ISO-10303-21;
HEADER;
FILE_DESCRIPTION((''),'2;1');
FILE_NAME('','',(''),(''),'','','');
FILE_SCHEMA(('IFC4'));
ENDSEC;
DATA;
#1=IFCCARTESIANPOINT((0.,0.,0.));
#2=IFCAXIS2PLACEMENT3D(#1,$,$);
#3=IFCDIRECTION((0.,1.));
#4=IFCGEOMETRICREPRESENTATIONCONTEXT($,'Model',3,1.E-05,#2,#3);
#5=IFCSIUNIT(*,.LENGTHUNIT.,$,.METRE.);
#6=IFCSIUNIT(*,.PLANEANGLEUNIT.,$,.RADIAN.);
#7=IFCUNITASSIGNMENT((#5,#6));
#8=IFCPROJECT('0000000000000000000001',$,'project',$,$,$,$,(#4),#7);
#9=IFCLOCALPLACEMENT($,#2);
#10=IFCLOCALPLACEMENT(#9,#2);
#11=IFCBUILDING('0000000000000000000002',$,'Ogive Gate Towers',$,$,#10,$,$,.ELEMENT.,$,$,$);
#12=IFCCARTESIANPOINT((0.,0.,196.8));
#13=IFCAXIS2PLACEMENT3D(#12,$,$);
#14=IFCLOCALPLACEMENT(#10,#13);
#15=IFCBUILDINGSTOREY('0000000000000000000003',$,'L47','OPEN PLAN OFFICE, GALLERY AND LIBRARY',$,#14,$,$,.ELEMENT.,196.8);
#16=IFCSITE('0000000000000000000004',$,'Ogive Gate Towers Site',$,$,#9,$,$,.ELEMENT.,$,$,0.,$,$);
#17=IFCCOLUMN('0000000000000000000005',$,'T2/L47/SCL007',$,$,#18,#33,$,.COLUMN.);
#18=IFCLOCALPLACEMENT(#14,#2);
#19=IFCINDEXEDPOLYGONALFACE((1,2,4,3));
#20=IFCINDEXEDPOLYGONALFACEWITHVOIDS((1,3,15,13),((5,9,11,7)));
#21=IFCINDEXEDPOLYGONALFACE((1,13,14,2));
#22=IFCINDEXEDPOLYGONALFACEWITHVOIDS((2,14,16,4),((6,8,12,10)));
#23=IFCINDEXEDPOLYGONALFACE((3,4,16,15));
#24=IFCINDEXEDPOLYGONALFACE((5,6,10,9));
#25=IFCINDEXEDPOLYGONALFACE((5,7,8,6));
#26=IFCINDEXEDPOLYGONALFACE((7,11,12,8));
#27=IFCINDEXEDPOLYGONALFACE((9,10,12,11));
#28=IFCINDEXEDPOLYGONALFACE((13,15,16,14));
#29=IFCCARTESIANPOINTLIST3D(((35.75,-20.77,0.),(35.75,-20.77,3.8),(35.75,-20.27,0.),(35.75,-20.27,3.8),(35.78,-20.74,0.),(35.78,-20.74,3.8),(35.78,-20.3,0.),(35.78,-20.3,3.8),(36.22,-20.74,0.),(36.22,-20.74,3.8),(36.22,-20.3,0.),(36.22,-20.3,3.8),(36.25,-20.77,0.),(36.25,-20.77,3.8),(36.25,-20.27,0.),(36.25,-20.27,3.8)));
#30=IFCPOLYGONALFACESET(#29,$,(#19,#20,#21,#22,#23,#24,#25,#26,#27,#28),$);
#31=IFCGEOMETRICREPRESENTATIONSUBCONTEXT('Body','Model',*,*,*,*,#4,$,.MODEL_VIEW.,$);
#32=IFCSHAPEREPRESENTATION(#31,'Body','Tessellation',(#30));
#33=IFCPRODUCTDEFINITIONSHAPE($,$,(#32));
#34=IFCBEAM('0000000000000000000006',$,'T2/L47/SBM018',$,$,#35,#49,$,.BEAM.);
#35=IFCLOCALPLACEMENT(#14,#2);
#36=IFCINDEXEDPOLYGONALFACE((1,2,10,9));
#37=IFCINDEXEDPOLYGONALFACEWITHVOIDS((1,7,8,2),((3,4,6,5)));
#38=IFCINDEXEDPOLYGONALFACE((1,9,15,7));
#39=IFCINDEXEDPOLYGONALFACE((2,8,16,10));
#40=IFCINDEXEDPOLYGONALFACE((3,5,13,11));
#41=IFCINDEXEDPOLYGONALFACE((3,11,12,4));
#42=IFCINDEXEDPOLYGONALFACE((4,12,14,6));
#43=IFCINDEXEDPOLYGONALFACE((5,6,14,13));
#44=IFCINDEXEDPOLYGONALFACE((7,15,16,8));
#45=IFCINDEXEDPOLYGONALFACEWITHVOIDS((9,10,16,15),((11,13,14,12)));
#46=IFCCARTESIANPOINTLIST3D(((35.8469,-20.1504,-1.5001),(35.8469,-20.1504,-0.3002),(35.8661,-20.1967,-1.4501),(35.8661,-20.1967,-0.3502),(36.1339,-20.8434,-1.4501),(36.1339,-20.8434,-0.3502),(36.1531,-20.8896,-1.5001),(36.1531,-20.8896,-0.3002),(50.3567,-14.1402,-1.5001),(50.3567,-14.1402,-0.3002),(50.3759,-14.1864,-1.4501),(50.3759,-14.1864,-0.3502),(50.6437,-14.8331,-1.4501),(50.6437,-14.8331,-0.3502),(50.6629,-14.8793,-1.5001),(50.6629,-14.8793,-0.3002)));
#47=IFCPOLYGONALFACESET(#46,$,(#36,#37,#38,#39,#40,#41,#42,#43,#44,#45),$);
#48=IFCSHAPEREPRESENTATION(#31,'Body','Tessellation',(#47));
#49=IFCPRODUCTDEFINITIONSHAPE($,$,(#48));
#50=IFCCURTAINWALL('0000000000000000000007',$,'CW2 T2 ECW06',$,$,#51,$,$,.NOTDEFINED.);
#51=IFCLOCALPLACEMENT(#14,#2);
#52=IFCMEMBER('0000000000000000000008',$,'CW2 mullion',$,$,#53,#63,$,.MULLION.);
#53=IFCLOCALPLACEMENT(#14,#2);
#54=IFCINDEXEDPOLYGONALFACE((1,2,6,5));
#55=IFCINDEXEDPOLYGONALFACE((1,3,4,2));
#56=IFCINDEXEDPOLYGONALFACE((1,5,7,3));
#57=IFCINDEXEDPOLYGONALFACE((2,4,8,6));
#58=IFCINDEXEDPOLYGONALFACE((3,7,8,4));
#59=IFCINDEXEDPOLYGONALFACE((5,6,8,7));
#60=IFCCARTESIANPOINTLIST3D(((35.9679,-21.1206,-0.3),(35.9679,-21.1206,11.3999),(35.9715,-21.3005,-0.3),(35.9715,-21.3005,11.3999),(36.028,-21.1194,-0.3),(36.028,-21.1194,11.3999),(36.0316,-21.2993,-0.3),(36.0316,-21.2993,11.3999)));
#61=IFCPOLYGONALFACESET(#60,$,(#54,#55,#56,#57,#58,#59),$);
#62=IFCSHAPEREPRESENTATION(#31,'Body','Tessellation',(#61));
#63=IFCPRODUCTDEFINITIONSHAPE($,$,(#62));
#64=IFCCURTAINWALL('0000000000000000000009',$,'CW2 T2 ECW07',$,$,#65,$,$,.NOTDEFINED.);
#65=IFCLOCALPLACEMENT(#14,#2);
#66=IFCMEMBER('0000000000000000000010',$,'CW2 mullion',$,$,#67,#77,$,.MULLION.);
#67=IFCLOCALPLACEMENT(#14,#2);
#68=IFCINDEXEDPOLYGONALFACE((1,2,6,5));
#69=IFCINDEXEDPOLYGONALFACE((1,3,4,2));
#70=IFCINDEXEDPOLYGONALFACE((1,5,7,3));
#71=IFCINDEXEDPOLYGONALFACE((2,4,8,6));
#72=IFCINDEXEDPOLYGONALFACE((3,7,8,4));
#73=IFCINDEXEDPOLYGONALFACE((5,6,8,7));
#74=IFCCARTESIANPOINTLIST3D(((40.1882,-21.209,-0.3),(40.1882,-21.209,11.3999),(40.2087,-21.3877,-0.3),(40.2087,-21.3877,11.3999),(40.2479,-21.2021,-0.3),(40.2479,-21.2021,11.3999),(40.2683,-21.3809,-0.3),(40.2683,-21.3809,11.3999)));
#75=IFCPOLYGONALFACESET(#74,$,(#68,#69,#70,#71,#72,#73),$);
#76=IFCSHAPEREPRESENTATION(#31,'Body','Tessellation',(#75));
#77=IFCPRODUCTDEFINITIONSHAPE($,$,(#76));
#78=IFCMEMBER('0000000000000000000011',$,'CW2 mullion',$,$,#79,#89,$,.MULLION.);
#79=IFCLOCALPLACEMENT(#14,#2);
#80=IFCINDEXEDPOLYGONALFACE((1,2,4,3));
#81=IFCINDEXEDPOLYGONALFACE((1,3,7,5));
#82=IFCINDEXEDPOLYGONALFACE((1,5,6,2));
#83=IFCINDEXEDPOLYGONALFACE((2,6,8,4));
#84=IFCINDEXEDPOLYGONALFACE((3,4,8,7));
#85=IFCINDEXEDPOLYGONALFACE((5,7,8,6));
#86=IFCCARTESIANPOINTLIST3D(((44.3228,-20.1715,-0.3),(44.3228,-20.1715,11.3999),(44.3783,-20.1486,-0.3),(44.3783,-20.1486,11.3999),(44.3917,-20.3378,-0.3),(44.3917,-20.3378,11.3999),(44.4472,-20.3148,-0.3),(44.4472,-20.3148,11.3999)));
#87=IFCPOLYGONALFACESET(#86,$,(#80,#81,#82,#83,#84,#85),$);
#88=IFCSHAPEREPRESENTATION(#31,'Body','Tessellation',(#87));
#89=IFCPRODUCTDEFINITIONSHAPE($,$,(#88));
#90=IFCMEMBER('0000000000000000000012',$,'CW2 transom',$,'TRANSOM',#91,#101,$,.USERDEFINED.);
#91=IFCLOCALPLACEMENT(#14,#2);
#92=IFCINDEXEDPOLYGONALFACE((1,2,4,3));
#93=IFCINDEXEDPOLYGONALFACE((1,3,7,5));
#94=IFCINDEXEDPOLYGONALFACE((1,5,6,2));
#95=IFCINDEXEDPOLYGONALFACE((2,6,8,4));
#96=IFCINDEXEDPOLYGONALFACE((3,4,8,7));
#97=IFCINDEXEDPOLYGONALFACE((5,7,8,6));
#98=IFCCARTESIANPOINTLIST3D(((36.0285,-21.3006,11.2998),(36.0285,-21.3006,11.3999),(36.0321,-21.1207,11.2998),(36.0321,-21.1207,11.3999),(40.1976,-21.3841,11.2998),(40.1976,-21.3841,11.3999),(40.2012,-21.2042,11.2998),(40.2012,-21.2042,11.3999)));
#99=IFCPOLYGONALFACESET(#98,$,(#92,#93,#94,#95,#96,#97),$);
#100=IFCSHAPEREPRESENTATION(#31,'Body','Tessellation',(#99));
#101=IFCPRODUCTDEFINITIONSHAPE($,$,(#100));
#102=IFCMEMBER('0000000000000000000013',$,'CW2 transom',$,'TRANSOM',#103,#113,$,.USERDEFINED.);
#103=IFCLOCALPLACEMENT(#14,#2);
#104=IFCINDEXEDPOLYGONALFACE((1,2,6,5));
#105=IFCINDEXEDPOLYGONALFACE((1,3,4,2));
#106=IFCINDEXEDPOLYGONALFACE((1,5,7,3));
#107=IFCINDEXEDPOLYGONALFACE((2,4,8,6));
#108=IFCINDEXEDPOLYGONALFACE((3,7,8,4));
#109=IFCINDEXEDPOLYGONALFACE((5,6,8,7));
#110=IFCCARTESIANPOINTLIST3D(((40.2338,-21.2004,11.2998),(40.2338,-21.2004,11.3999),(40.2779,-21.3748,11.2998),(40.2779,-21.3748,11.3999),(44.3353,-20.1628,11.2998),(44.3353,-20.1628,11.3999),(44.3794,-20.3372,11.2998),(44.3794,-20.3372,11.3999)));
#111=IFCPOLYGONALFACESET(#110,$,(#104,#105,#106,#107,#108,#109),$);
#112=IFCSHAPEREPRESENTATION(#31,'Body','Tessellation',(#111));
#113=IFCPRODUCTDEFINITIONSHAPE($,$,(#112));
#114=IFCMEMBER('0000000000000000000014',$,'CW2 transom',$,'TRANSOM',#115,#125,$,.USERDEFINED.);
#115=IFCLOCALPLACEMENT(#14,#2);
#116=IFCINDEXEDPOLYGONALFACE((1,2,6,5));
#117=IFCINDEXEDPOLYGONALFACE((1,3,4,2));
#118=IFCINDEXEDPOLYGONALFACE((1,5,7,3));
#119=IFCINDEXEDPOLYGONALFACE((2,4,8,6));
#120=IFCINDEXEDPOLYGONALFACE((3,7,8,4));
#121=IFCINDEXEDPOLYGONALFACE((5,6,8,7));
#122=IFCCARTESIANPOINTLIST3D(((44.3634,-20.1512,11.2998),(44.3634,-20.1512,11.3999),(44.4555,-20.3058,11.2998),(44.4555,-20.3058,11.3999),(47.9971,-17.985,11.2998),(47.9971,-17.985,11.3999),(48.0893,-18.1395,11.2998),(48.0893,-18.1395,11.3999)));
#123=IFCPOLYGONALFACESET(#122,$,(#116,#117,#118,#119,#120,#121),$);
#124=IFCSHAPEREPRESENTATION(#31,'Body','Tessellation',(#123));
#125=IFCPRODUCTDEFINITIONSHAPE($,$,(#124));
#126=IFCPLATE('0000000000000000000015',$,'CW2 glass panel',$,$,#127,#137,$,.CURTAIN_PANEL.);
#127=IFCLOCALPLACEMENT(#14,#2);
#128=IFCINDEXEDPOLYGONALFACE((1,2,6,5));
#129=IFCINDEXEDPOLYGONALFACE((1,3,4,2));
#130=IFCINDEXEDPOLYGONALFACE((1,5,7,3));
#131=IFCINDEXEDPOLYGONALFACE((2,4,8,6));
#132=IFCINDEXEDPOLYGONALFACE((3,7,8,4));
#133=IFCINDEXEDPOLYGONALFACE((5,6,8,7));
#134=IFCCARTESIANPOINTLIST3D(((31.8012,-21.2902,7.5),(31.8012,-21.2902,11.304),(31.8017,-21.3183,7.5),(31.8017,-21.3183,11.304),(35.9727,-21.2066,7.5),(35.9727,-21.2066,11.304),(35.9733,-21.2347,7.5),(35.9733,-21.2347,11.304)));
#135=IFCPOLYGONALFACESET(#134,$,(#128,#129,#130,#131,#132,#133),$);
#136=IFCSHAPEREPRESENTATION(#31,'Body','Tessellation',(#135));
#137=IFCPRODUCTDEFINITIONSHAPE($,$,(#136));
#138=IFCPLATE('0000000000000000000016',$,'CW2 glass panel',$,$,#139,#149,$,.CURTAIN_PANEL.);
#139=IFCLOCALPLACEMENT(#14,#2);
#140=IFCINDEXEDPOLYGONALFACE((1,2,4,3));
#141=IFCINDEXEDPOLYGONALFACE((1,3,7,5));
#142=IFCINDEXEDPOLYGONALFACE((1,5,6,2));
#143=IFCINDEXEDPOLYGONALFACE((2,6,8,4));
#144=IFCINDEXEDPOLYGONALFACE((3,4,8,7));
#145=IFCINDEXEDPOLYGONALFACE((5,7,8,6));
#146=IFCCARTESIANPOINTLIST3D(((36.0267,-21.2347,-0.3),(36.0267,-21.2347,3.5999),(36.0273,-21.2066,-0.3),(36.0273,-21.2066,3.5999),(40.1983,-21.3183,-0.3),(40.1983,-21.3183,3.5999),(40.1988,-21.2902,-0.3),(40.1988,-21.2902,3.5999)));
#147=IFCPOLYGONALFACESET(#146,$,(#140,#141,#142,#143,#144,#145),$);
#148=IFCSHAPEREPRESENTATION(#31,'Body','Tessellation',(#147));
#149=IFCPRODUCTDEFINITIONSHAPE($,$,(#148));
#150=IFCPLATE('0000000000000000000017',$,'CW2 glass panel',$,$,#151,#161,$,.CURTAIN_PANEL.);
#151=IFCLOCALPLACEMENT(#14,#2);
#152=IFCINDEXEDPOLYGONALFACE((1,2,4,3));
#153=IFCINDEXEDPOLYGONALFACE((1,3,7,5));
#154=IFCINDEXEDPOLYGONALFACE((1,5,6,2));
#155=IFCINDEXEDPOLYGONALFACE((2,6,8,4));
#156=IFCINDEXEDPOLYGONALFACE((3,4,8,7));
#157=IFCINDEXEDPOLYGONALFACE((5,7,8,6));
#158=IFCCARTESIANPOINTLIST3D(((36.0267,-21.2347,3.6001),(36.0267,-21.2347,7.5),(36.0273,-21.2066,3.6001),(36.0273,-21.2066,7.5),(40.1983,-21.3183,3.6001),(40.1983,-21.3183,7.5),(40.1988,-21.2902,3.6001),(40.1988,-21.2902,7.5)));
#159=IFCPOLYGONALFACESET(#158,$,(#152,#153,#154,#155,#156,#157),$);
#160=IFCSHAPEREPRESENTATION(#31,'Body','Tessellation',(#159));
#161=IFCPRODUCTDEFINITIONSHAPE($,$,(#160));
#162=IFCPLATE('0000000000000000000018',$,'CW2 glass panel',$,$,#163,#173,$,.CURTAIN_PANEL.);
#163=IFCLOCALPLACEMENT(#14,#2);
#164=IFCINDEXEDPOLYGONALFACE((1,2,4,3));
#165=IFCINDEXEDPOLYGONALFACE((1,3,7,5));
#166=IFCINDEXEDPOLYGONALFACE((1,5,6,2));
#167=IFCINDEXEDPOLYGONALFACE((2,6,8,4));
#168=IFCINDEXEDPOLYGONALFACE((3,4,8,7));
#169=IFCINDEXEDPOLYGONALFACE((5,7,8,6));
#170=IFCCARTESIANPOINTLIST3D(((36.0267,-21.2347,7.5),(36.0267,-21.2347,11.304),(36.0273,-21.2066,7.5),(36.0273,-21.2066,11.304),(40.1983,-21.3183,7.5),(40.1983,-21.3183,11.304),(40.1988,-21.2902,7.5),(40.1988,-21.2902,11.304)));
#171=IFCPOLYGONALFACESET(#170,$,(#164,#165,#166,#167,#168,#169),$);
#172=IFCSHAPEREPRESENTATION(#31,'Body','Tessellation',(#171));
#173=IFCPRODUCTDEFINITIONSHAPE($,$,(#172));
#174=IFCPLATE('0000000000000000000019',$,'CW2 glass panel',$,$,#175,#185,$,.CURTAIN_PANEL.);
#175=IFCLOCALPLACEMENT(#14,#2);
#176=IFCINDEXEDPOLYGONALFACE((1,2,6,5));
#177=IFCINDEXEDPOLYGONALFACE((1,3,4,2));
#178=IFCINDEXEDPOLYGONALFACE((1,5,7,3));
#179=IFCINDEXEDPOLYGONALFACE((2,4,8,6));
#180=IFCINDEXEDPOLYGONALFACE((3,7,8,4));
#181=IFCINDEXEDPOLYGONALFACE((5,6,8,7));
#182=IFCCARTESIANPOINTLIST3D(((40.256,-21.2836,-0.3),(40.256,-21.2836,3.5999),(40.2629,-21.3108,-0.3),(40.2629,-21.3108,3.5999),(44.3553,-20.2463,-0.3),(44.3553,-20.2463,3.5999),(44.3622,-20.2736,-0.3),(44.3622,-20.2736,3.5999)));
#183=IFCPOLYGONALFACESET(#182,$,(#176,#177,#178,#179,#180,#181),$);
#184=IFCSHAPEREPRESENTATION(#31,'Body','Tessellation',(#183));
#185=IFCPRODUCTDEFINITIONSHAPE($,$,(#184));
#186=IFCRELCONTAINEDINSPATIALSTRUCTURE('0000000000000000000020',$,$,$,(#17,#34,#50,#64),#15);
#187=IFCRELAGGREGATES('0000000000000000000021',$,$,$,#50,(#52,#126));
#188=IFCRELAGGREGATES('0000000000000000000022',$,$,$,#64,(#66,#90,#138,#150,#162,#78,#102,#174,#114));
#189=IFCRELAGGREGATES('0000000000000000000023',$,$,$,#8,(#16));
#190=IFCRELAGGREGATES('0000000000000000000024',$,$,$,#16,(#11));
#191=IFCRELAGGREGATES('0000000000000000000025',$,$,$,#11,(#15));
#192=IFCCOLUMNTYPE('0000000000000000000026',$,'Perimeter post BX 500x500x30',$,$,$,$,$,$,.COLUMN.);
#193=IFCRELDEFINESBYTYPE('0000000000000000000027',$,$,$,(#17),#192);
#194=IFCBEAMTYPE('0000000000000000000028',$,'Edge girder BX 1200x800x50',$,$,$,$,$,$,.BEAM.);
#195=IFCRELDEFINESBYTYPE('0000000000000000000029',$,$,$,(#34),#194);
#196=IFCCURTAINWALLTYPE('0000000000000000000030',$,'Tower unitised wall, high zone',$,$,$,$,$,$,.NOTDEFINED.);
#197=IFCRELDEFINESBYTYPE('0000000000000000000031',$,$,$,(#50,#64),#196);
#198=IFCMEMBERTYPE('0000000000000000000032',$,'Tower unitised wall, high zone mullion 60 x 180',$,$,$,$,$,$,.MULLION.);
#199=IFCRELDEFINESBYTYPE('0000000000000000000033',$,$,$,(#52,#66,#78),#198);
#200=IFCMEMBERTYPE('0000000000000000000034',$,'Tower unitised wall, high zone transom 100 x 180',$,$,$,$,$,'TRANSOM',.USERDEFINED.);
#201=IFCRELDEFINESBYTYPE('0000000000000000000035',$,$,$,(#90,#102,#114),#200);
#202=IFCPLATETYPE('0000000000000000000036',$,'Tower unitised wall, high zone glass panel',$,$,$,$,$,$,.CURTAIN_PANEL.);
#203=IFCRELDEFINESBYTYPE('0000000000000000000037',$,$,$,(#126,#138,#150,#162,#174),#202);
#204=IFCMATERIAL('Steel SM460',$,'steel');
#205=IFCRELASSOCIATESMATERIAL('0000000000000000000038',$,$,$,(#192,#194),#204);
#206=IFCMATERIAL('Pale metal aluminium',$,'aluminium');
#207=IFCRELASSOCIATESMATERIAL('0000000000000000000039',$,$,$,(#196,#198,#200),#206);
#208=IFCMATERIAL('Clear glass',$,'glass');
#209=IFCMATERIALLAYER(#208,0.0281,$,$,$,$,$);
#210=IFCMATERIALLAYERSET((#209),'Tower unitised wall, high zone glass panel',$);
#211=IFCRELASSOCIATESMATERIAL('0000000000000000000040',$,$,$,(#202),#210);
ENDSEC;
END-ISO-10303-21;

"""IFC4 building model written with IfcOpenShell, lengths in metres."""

from ifc_helpers import new_model, si_unit, direction, frame, origin, origin_2d, place, context, subcontext, project, spatial, rectangle, hollow_rectangle, extrude, material, layer, layer_set, material_profile, profile_set, type_object, element, aggregate, save


model = new_model("IFC4")

# Units and contexts
model_context = context("Model", 3, precision=1e-05, world=origin(), true_north=direction((0.0, 1.0)))
body_context = subcontext(model_context, "Body", "Model", "MODEL_VIEW")
ifc_project = project(units=[si_unit("LENGTHUNIT", "METRE"), si_unit("PLANEANGLEUNIT", "RADIAN")], contexts=[model_context])

# Site, building, storey
site_placement = place(None, origin())
site = spatial("IfcSite", under=ifc_project, at=site_placement, Name="Ogive Gate Towers Site", CompositionType="ELEMENT", RefElevation=0.0)
building_placement = place(site_placement, origin())
building = spatial("IfcBuilding", under=site, at=building_placement, Name="Ogive Gate Towers", CompositionType="ELEMENT")
storey_placement = place(building_placement, frame((0.0, 0.0, 196.8)))
storey = spatial("IfcBuildingStorey", under=building, at=storey_placement, Name="L47", Description="OPEN PLAN OFFICE, GALLERY AND LIBRARY", CompositionType="ELEMENT", Elevation=196.8)

# Column
ifc_material_1 = material(Name="Steel SM460", Category="steel")
ifc_material_profile_1 = material_profile(ifc_material_1, hollow_rectangle(XDim=0.5, YDim=0.5, WallThickness=0.03, at=origin_2d()), Name="BX 500x500x30")
ifc_profile_set_1 = profile_set([ifc_material_profile_1], Name="Steel SM460")
column_type = type_object("IfcColumnType", Name="Perimeter post BX 500x500x30", PredefinedType="COLUMN", material=ifc_profile_set_1)
column_placement = place(storey_placement, frame((36.0, -20.52, 0.0), z_axis=(0.0, 0.0, 1.0), x_axis=(1.0, 0.0, 0.0)))
element("IfcColumn", 1, at=column_placement, inside=storey, type_object=column_type, Name="T2/L47/SCL007", PredefinedType="COLUMN", context=body_context, shape_type="SweptSolid", body=[
    extrude(hollow_rectangle(XDim=0.5, YDim=0.5, WallThickness=0.03, at=origin_2d()), origin(), (0.0, 0.0, 1.0), 3.8),
])

# Beam
ifc_material_profile_2 = material_profile(ifc_material_1, hollow_rectangle(XDim=0.8, YDim=1.2, WallThickness=0.05, at=origin_2d()), Name="BX 1200x800x50")
ifc_profile_set_2 = profile_set([ifc_material_profile_2], Name="Steel SM460")
beam_type = type_object("IfcBeamType", Name="Edge girder BX 1200x800x50", PredefinedType="BEAM", material=ifc_profile_set_2)
beam_placement = place(storey_placement, frame((36.0, -20.52, -0.9001), z_axis=(0.923877, 0.38269, 0.0), x_axis=(-0.38269, 0.923877, 0.0)))
element("IfcBeam", 2, at=beam_placement, inside=storey, type_object=beam_type, Name="T2/L47/SBM018", PredefinedType="BEAM", context=body_context, shape_type="SweptSolid", body=[
    extrude(hollow_rectangle(XDim=0.8, YDim=1.2, WallThickness=0.05, at=origin_2d()), origin(), (0.0, 0.0, 1.0), 15.7053),
])

# Curtain wall, member
ifc_material_2 = material(Name="Pale metal aluminium", Category="aluminium")
curtain_wall_type = type_object("IfcCurtainWallType", Name="Tower unitised wall, high zone", PredefinedType="NOTDEFINED", material=ifc_material_2)
curtain_wall_1_placement = place(storey_placement, origin())
curtain_wall_1 = element("IfcCurtainWall", 3, at=curtain_wall_1_placement, inside=storey, type_object=curtain_wall_type, Name="CW2 T2 ECW06", PredefinedType="NOTDEFINED")
ifc_material_profile_3 = material_profile(ifc_material_2, rectangle(XDim=0.1799, YDim=0.0601, at=origin_2d()), Name="60 x 180 aluminium box")
ifc_profile_set_3 = profile_set([ifc_material_profile_3], Name="Pale metal aluminium")
member_type_1 = type_object("IfcMemberType", Name="Tower unitised wall, high zone mullion 60 x 180", PredefinedType="MULLION", material=ifc_profile_set_3)
member_1_placement = place(storey_placement, frame((35.9998, -21.21, -0.3), z_axis=(0.0, 0.0, 1.0), x_axis=(0.020052, -0.999799, 0.0)))
member_1 = element("IfcMember", 4, at=member_1_placement, type_object=member_type_1, Name="CW2 mullion", PredefinedType="MULLION", context=body_context, shape_type="SweptSolid", body=[
    extrude(rectangle(XDim=0.1799, YDim=0.0601, at=origin_2d()), origin(), (0.0, 0.0, 1.0), 11.7),
])

# Curtain wall, members
curtain_wall_2_placement = place(storey_placement, origin())
curtain_wall_2 = element("IfcCurtainWall", 5, at=curtain_wall_2_placement, inside=storey, type_object=curtain_wall_type, Name="CW2 T2 ECW07", PredefinedType="NOTDEFINED")
member_2_placement = place(storey_placement, frame((40.2283, -21.2949, -0.3), z_axis=(0.0, 0.0, 1.0), x_axis=(0.113637, -0.993522, 0.0)))
member_2 = element("IfcMember", 6, at=member_2_placement, type_object=member_type_1, Name="CW2 mullion", PredefinedType="MULLION", context=body_context, shape_type="SweptSolid", body=[
    extrude(rectangle(XDim=0.1799, YDim=0.0601, at=origin_2d()), origin(), (0.0, 0.0, 1.0), 11.7),
])
member_3_placement = place(storey_placement, frame((44.385, -20.2432, -0.3), z_axis=(0.0, 0.0, 1.0), x_axis=(0.382683, -0.92388, 0.0)))
member_3 = element("IfcMember", 7, at=member_3_placement, type_object=member_type_1, Name="CW2 mullion", PredefinedType="MULLION", context=body_context, shape_type="SweptSolid", body=[
    extrude(rectangle(XDim=0.1799, YDim=0.0601, at=origin_2d()), origin(), (0.0, 0.0, 1.0), 11.7),
])
ifc_material_profile_4 = material_profile(ifc_material_2, rectangle(XDim=0.1799, YDim=0.1001, at=origin_2d()), Name="100 x 180 aluminium box")
ifc_profile_set_4 = profile_set([ifc_material_profile_4], Name="Pale metal aluminium")
member_type_2 = type_object("IfcMemberType", Name="Tower unitised wall, high zone transom 100 x 180", ElementType="TRANSOM", PredefinedType="USERDEFINED", material=ifc_profile_set_4)
member_4_placement = place(storey_placement, frame((36.0303, -21.2107, 11.3499), z_axis=(0.9998, -0.020023, 0.0), x_axis=(0.020023, 0.9998, 0.0)))
member_4 = element("IfcMember", 8, at=member_4_placement, type_object=member_type_2, Name="CW2 transom", ObjectType="TRANSOM", PredefinedType="USERDEFINED", context=body_context, shape_type="SweptSolid", body=[
    extrude(rectangle(XDim=0.1799, YDim=0.1001, at=origin_2d()), origin(), (0.0, 0.0, 1.0), 4.1699),
])
member_5_placement = place(storey_placement, frame((40.2559, -21.2876, 11.3499), z_axis=(0.96946, 0.24525, 0.0), x_axis=(-0.24525, 0.96946, 0.0)))
member_5 = element("IfcMember", 9, at=member_5_placement, type_object=member_type_2, Name="CW2 transom", ObjectType="TRANSOM", PredefinedType="USERDEFINED", context=body_context, shape_type="SweptSolid", body=[
    extrude(rectangle(XDim=0.1799, YDim=0.1001, at=origin_2d()), origin(), (0.0, 0.0, 1.0), 4.2307),
])
member_6_placement = place(storey_placement, frame((44.4094, -20.2285, 11.3499), z_axis=(0.858951, 0.512058, 0.0), x_axis=(-0.512058, 0.858951, 0.0)))
member_6 = element("IfcMember", 10, at=member_6_placement, type_object=member_type_2, Name="CW2 transom", ObjectType="TRANSOM", PredefinedType="USERDEFINED", context=body_context, shape_type="SweptSolid", body=[
    extrude(rectangle(XDim=0.1799, YDim=0.1001, at=origin_2d()), origin(), (0.0, 0.0, 1.0), 4.2305),
])

# Plates
ifc_material_3 = material(Name="Clear glass", Category="glass")
ifc_layer_1 = layer(ifc_material_3, 0.0281)
ifc_layer_set_1 = layer_set([ifc_layer_1], Name="Tower unitised wall, high zone glass panel")
plate_type = type_object("IfcPlateType", Name="Tower unitised wall, high zone glass panel", PredefinedType="CURTAIN_PANEL", material=ifc_layer_set_1)
plate_1_placement = place(storey_placement, frame((33.8872, -21.2625, 7.5), z_axis=(0.0, 0.0, 1.0), x_axis=(0.999799, 0.020052, 0.0)))
plate_1 = element("IfcPlate", 11, at=plate_1_placement, type_object=plate_type, Name="CW2 glass panel", PredefinedType="CURTAIN_PANEL", context=body_context, shape_type="SweptSolid", body=[
    extrude(rectangle(XDim=4.1724, YDim=0.0281, at=origin_2d()), origin(), (0.0, 0.0, 1.0), 3.804),
])
aggregate(curtain_wall_1, [member_1, plate_1])
plate_2_placement = place(storey_placement, frame((38.1128, -21.2625, -0.3), z_axis=(0.0, 0.0, 1.0), x_axis=(0.999799, -0.020052, 0.0)))
plate_2 = element("IfcPlate", 12, at=plate_2_placement, type_object=plate_type, Name="CW2 glass panel", PredefinedType="CURTAIN_PANEL", context=body_context, shape_type="SweptSolid", body=[
    extrude(rectangle(XDim=4.1724, YDim=0.0281, at=origin_2d()), origin(), (0.0, 0.0, 1.0), 3.8999),
])
plate_3_placement = place(storey_placement, frame((38.1128, -21.2625, 3.6001), z_axis=(0.0, 0.0, 1.0), x_axis=(0.999799, -0.020052, 0.0)))
plate_3 = element("IfcPlate", 13, at=plate_3_placement, type_object=plate_type, Name="CW2 glass panel", PredefinedType="CURTAIN_PANEL", context=body_context, shape_type="SweptSolid", body=[
    extrude(rectangle(XDim=4.1724, YDim=0.0281, at=origin_2d()), origin(), (0.0, 0.0, 1.0), 3.8999),
])
plate_4_placement = place(storey_placement, frame((38.1128, -21.2625, 7.5), z_axis=(0.0, 0.0, 1.0), x_axis=(0.999799, -0.020052, 0.0)))
plate_4 = element("IfcPlate", 14, at=plate_4_placement, type_object=plate_type, Name="CW2 glass panel", PredefinedType="CURTAIN_PANEL", context=body_context, shape_type="SweptSolid", body=[
    extrude(rectangle(XDim=4.1724, YDim=0.0281, at=origin_2d()), origin(), (0.0, 0.0, 1.0), 3.804),
])
plate_5_placement = place(storey_placement, frame((42.3091, -20.7786, -0.3), z_axis=(0.0, 0.0, 1.0), x_axis=(0.96945, 0.24529, 0.0)))
plate_5 = element("IfcPlate", 15, at=plate_5_placement, type_object=plate_type, Name="CW2 glass panel", PredefinedType="CURTAIN_PANEL", context=body_context, shape_type="SweptSolid", body=[
    extrude(rectangle(XDim=4.2285, YDim=0.0281, at=origin_2d()), origin(), (0.0, 0.0, 1.0), 3.8999),
])
aggregate(curtain_wall_2, [member_2, member_4, plate_2, plate_3, plate_4, member_3, member_5, plate_5, member_6])

save(model, "model.ifc")
